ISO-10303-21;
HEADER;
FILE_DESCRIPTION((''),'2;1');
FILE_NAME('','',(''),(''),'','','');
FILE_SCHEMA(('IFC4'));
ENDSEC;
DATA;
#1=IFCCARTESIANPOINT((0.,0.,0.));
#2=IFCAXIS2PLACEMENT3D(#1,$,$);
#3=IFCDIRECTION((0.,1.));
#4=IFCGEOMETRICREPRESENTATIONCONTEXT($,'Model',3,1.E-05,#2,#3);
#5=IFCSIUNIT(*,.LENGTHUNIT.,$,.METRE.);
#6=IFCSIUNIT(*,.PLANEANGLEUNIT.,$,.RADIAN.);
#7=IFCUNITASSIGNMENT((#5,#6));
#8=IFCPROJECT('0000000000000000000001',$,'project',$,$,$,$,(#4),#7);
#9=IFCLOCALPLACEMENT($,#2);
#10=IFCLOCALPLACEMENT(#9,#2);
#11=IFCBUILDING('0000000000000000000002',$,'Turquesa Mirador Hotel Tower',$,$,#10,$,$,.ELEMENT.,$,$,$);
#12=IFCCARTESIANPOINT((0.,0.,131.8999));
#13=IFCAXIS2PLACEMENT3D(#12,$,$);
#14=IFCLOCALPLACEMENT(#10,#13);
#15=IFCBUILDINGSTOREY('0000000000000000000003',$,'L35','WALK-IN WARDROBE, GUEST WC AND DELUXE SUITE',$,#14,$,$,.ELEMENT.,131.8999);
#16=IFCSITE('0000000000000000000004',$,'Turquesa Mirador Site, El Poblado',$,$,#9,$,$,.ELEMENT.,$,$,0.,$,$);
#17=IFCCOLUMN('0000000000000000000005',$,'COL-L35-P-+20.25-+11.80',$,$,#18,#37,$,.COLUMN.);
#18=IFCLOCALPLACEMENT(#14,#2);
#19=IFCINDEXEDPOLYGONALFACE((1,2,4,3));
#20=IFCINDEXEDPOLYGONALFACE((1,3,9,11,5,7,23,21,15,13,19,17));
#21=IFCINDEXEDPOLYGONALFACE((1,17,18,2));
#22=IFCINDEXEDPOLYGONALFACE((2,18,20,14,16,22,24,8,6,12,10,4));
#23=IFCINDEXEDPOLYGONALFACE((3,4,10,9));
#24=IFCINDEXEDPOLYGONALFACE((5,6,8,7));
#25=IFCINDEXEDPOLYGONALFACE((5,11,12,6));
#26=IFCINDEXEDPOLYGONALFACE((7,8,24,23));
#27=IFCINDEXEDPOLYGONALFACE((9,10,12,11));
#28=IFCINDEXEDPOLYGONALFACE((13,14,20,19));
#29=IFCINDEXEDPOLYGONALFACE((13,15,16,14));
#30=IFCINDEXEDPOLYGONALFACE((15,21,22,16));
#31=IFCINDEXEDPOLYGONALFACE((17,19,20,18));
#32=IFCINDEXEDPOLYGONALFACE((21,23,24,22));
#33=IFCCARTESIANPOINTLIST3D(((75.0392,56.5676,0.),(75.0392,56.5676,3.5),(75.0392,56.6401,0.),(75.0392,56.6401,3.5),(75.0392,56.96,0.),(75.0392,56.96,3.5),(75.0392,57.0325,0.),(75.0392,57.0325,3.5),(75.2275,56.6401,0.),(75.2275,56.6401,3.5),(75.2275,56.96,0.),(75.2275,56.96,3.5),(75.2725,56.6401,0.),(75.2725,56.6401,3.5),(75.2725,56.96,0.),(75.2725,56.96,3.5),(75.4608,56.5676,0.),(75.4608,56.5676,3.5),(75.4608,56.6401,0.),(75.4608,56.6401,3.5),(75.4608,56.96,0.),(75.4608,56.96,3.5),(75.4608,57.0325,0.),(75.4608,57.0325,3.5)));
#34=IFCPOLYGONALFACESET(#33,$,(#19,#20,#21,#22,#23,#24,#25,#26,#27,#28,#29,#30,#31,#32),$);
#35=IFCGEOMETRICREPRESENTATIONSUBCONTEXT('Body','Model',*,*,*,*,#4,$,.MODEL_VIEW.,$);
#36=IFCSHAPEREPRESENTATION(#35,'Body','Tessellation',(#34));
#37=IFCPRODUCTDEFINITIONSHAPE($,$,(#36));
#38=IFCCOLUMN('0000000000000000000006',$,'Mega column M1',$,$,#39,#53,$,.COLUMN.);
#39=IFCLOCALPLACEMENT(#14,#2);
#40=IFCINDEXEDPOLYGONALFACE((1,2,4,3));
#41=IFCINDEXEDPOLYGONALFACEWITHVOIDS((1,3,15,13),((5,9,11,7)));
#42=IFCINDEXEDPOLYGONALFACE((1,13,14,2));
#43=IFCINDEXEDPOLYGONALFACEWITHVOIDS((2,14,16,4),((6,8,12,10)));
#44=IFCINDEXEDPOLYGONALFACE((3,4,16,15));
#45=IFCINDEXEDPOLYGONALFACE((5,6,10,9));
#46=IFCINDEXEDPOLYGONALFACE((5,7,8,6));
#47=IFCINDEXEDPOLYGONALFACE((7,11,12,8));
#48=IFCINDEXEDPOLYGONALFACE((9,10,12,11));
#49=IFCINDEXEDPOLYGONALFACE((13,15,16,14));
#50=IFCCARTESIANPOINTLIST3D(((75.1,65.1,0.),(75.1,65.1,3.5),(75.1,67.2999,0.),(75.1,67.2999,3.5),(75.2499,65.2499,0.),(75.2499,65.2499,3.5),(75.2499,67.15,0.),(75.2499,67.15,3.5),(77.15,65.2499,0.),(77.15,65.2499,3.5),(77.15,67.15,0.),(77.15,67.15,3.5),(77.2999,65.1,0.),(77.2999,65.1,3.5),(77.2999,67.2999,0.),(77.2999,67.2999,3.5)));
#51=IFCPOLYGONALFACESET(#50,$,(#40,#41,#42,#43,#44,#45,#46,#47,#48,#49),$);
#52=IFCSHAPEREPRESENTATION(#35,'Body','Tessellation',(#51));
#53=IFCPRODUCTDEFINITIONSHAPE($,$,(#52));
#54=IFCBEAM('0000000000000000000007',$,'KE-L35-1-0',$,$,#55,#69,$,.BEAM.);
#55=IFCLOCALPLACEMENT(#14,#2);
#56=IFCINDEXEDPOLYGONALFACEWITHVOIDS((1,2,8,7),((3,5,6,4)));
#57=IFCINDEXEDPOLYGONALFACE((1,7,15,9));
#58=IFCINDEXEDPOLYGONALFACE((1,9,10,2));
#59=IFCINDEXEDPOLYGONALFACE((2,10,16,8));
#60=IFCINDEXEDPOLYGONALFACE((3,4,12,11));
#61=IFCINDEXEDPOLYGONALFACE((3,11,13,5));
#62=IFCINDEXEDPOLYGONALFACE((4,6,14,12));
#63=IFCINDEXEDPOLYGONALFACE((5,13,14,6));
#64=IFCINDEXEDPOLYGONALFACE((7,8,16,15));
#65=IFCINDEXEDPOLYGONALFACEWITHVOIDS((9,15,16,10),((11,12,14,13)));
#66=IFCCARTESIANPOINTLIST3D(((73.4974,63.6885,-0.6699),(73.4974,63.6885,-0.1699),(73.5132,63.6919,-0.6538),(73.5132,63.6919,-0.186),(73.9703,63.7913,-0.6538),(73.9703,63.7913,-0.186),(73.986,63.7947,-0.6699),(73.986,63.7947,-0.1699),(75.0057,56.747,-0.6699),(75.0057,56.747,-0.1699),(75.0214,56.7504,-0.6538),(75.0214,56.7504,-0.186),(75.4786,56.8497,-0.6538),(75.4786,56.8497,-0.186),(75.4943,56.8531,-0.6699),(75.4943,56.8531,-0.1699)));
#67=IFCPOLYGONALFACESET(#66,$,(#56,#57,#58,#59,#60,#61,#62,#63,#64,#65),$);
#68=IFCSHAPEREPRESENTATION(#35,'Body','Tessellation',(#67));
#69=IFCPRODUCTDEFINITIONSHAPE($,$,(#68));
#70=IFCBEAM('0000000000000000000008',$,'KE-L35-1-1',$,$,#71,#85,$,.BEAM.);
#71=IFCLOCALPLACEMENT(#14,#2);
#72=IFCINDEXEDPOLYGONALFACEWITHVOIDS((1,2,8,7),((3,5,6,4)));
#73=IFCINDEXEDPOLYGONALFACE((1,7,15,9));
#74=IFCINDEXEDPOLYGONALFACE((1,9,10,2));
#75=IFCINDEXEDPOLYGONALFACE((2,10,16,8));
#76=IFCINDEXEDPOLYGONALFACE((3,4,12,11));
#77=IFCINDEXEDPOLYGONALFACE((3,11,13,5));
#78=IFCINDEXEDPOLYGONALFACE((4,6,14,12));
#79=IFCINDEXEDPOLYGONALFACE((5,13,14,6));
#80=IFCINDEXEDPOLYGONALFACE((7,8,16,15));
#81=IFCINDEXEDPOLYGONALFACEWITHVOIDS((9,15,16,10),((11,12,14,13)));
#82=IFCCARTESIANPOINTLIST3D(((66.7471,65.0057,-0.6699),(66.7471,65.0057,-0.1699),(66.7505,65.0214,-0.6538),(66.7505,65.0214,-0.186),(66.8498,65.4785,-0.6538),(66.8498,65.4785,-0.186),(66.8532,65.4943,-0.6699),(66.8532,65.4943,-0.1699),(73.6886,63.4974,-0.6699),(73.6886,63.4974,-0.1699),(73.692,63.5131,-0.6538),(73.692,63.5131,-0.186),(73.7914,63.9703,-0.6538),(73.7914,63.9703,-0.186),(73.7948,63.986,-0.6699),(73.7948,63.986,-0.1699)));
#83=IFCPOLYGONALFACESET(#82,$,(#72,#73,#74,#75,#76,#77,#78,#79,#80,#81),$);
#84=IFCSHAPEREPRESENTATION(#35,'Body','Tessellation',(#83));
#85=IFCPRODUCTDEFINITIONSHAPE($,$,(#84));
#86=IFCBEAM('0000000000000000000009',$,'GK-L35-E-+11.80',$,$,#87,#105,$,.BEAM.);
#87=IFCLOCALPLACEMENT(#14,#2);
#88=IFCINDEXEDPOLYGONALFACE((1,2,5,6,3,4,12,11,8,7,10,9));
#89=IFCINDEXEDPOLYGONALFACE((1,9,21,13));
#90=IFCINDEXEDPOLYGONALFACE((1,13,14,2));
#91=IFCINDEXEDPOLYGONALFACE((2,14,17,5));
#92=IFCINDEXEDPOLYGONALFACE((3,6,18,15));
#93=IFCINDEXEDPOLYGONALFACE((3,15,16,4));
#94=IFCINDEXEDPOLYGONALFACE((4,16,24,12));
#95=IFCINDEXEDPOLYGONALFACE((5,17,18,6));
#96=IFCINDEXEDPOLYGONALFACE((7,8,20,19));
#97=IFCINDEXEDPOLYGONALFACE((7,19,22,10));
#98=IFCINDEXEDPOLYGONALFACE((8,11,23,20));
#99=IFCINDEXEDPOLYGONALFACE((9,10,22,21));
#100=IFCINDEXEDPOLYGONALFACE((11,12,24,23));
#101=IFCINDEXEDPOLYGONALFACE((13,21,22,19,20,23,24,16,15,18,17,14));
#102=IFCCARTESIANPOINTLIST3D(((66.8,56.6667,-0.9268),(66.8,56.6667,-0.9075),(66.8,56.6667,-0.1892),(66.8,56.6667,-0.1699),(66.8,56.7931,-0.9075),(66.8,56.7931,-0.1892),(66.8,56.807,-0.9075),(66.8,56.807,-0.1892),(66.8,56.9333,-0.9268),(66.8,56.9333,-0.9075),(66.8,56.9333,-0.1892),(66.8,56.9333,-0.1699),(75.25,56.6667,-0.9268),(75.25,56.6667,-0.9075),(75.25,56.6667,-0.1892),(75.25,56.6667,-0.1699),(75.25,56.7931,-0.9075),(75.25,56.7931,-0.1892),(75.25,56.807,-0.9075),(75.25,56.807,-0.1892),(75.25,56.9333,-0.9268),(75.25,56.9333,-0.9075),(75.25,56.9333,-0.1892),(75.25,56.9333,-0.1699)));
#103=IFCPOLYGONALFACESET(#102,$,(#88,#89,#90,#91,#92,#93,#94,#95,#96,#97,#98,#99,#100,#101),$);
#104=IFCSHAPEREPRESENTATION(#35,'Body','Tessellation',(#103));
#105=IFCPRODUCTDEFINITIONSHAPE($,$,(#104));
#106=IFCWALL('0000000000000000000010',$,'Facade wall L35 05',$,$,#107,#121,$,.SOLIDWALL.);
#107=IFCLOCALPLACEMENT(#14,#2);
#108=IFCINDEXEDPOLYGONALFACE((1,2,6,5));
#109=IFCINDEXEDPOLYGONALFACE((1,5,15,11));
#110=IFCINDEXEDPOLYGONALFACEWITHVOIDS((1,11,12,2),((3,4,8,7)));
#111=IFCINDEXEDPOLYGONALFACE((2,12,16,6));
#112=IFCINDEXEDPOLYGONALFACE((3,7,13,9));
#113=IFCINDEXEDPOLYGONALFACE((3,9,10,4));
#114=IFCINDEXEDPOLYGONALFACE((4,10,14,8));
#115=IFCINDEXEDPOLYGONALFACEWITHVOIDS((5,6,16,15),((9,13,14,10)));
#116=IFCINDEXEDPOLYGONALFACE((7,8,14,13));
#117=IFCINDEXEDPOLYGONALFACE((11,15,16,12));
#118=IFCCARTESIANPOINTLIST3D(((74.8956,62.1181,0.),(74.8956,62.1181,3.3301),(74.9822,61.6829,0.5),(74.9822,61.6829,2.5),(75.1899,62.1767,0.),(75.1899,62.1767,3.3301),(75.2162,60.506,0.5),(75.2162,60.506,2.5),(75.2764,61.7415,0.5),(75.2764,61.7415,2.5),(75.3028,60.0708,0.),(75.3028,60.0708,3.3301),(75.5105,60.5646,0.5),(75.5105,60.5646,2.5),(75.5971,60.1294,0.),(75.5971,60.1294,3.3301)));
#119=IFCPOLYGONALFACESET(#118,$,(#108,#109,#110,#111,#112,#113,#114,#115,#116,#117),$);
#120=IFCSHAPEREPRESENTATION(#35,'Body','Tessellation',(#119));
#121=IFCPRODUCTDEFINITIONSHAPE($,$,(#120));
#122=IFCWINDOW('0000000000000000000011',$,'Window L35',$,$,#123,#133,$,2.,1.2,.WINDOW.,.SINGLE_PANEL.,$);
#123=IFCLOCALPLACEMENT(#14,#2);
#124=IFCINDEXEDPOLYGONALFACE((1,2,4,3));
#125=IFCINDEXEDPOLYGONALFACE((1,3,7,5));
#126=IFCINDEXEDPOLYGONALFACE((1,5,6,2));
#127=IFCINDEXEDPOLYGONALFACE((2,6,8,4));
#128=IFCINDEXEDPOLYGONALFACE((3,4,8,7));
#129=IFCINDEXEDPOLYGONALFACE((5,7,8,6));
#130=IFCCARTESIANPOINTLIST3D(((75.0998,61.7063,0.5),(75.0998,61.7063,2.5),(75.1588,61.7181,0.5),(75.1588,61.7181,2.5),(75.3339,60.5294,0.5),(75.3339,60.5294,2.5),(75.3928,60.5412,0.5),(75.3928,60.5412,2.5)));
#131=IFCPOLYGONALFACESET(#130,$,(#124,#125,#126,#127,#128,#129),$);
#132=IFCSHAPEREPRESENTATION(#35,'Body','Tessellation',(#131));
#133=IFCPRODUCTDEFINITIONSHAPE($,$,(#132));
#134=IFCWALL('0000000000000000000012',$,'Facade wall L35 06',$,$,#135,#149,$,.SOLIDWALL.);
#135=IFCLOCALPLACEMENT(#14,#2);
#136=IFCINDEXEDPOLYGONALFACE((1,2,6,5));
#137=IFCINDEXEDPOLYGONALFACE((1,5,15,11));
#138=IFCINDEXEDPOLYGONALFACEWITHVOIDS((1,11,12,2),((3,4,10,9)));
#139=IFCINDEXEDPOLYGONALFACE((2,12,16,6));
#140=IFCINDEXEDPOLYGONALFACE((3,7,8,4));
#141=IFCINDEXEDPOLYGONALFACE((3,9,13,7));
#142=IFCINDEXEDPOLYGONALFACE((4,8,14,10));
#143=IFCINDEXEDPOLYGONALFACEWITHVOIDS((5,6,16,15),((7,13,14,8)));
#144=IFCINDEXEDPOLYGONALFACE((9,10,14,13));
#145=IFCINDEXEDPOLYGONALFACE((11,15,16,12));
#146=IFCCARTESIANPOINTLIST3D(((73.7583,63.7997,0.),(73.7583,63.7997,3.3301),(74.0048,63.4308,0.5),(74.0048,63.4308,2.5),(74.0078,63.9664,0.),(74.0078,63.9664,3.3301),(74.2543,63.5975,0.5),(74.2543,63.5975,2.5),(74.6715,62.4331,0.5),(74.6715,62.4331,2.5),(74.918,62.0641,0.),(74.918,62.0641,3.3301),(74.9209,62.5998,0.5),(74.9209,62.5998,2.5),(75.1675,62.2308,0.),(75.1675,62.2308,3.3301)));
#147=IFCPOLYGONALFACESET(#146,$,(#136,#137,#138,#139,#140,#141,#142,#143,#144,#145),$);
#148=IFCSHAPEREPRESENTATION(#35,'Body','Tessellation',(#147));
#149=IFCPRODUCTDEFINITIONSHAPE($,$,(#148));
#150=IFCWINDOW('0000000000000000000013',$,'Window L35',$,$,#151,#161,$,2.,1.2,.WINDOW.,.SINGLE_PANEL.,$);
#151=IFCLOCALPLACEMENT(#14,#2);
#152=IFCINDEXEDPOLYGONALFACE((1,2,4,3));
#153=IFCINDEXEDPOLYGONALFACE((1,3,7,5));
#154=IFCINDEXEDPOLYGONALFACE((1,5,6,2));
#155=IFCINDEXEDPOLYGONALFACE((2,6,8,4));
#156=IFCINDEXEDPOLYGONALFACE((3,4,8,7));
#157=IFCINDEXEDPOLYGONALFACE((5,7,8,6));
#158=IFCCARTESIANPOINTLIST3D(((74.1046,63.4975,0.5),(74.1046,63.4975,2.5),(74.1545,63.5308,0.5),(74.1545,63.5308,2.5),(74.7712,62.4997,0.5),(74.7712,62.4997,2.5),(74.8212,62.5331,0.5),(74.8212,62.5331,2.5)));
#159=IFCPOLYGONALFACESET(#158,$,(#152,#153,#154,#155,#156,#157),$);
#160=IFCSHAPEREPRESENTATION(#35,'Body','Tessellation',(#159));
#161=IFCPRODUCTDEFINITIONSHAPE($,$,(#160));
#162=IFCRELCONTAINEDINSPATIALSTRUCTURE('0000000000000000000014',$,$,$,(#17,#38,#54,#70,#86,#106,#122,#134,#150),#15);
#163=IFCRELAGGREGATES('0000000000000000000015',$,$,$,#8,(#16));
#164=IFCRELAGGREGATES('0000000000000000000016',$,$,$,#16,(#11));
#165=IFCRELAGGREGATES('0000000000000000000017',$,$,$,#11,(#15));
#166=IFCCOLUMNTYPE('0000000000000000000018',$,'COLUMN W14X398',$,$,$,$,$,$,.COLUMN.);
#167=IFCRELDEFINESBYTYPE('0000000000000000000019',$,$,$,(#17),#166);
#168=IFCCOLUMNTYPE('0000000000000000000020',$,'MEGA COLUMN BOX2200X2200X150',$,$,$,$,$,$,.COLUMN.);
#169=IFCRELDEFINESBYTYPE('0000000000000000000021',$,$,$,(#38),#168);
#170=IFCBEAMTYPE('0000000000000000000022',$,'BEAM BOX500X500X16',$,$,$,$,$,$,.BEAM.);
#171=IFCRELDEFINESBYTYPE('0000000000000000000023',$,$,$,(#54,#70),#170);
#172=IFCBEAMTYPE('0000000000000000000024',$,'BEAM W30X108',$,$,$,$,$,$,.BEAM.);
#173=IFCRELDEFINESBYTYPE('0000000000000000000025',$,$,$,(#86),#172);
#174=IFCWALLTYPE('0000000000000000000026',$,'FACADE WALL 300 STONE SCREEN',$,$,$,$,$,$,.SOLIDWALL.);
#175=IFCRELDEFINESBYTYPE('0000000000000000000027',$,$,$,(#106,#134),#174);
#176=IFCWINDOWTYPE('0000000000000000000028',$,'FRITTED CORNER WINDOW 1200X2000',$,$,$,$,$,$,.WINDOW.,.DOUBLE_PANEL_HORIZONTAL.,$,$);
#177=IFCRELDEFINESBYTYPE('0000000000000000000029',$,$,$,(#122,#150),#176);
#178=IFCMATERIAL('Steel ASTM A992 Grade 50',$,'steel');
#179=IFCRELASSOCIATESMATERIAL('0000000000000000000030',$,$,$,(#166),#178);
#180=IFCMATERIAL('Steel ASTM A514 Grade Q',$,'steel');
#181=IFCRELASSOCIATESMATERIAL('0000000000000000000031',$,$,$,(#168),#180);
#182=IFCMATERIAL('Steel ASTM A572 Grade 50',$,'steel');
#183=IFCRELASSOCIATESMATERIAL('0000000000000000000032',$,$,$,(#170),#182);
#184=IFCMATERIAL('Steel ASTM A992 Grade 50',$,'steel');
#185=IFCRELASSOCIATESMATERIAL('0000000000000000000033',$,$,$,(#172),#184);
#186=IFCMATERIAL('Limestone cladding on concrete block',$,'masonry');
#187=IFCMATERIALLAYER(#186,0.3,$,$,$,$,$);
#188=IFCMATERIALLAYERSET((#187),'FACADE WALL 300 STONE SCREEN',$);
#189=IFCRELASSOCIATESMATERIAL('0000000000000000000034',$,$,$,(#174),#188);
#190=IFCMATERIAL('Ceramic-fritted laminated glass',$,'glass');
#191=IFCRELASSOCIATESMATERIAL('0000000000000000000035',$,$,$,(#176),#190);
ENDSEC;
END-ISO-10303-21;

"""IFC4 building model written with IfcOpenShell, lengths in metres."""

from ifc_helpers import new_model, si_unit, direction, frame, frame_2d, origin, origin_2d, place, context, subcontext, project, spatial, rectangle, hollow_rectangle, i_section, extrude, material, layer, layer_set, material_profile, profile_set, type_object, element, fill, save


model = new_model("IFC4")

# Units and contexts
model_context = context("Model", 3, precision=1e-05, world=origin(), true_north=direction((0.0, 1.0)))
body_context = subcontext(model_context, "Body", "Model", "MODEL_VIEW")
ifc_project = project(units=[si_unit("LENGTHUNIT", "METRE"), si_unit("PLANEANGLEUNIT", "RADIAN")], contexts=[model_context])

# Site, building, storey
site_placement = place(None, origin())
site = spatial("IfcSite", under=ifc_project, at=site_placement, Name="Turquesa Mirador Site, El Poblado", CompositionType="ELEMENT", RefElevation=0.0)
building_placement = place(site_placement, origin())
building = spatial("IfcBuilding", under=site, at=building_placement, Name="Turquesa Mirador Hotel Tower", CompositionType="ELEMENT")
storey_placement = place(building_placement, frame((0.0, 0.0, 131.8999)))
storey = spatial("IfcBuildingStorey", under=building, at=storey_placement, Name="L35", Description="WALK-IN WARDROBE, GUEST WC AND DELUXE SUITE", CompositionType="ELEMENT", Elevation=131.8999)

# Columns
ifc_material_1 = material(Name="Steel ASTM A992 Grade 50", Category="steel")
ifc_material_profile_1 = material_profile(ifc_material_1, i_section(OverallWidth=0.4216, OverallDepth=0.4648, WebThickness=0.0449, FlangeThickness=0.0725, at=origin_2d()), Name="W14X398")
ifc_profile_set_1 = profile_set([ifc_material_profile_1], Name="Steel ASTM A992 Grade 50")
column_type_1 = type_object("IfcColumnType", Name="COLUMN W14X398", PredefinedType="COLUMN", material=ifc_profile_set_1)
column_1_placement = place(storey_placement, frame((75.25, 56.8, 0.0), z_axis=(0.0, 0.0, 1.0), x_axis=(1.0, 0.0, 0.0)))
element("IfcColumn", 1, at=column_1_placement, inside=storey, type_object=column_type_1, Name="COL-L35-P-+20.25-+11.80", PredefinedType="COLUMN", context=body_context, shape_type="SweptSolid", body=[
    extrude(i_section(OverallWidth=0.4216, OverallDepth=0.4648, WebThickness=0.0449, FlangeThickness=0.0725, at=origin_2d()), origin(), (0.0, 0.0, 1.0), 3.5),
])
ifc_material_2 = material(Name="Steel ASTM A514 Grade Q", Category="steel")
ifc_material_profile_2 = material_profile(ifc_material_2, hollow_rectangle(XDim=2.2, YDim=2.2, WallThickness=0.1499, at=origin_2d()), Name="BOX2200X2200X150")
ifc_profile_set_2 = profile_set([ifc_material_profile_2], Name="Steel ASTM A514 Grade Q")
column_type_2 = type_object("IfcColumnType", Name="MEGA COLUMN BOX2200X2200X150", PredefinedType="COLUMN", material=ifc_profile_set_2)
column_2_placement = place(storey_placement, frame((76.2, 66.2, 0.0), z_axis=(0.0, 0.0, 1.0), x_axis=(1.0, 0.0, 0.0)))
element("IfcColumn", 2, at=column_2_placement, inside=storey, type_object=column_type_2, Name="Mega column M1", PredefinedType="COLUMN", context=body_context, shape_type="SweptSolid", body=[
    extrude(hollow_rectangle(XDim=2.2, YDim=2.2, WallThickness=0.1499, at=origin_2d()), origin(), (0.0, 0.0, 1.0), 3.5),
])

# Beams
ifc_material_3 = material(Name="Steel ASTM A572 Grade 50", Category="steel")
ifc_material_profile_3 = material_profile(ifc_material_3, hollow_rectangle(XDim=0.5, YDim=0.5, WallThickness=0.0161, at=origin_2d()), Name="BOX500X500X16")
ifc_profile_set_3 = profile_set([ifc_material_profile_3], Name="Steel ASTM A572 Grade 50")
beam_type_1 = type_object("IfcBeamType", Name="BEAM BOX500X500X16", PredefinedType="BEAM", material=ifc_profile_set_3)
for number, where, z_axis, x_axis, name in (
    (3, (75.25, 56.8, -0.4199), (-0.212328, 0.977198, 0.0), (-0.977198, -0.212328, 0.0), "KE-L35-1-0"),
    (4, (73.7417, 63.7417, -0.4199), (-0.977198, 0.212328, 0.0), (-0.212328, -0.977198, 0.0), "KE-L35-1-1"),
):
    element("IfcBeam", number, at=place(storey_placement, frame(where, z_axis=z_axis, x_axis=x_axis)), inside=storey, type_object=beam_type_1, Name=name, PredefinedType="BEAM", context=body_context, shape_type="SweptSolid", body=[
        extrude(hollow_rectangle(XDim=0.5, YDim=0.5, WallThickness=0.0161, at=origin_2d()), origin(), (0.0, 0.0, 1.0), 7.1035),
    ])
ifc_material_4 = material(Name="Steel ASTM A992 Grade 50", Category="steel")
ifc_material_profile_4 = material_profile(ifc_material_4, i_section(OverallWidth=0.2666, OverallDepth=0.7568, WebThickness=0.0139, FlangeThickness=0.0193, at=origin_2d()), Name="W30X108")
ifc_profile_set_4 = profile_set([ifc_material_profile_4], Name="Steel ASTM A992 Grade 50")
beam_type_2 = type_object("IfcBeamType", Name="BEAM W30X108", PredefinedType="BEAM", material=ifc_profile_set_4)
beam_placement = place(storey_placement, frame((75.25, 56.8, -0.5483), z_axis=(-1.0, 0.0, 0.0), x_axis=(0.0, -1.0, 0.0)))
element("IfcBeam", 5, at=beam_placement, inside=storey, type_object=beam_type_2, Name="GK-L35-E-+11.80", PredefinedType="BEAM", context=body_context, shape_type="SweptSolid", body=[
    extrude(i_section(OverallWidth=0.2666, OverallDepth=0.7568, WebThickness=0.0139, FlangeThickness=0.0193, at=origin_2d()), origin(), (0.0, 0.0, 1.0), 8.45),
])

# Walls, openings, windows
ifc_material_5 = material(Name="Limestone cladding on concrete block", Category="masonry")
ifc_layer = layer(ifc_material_5, 0.3)
ifc_layer_set = layer_set([ifc_layer], Name="FACADE WALL 300 STONE SCREEN")
wall_type = type_object("IfcWallType", Name="FACADE WALL 300 STONE SCREEN", PredefinedType="SOLIDWALL", material=ifc_layer_set)
wall_1_placement = place(storey_placement, frame((75.45, 60.1001, 0.0), z_axis=(0.0, 0.0, 1.0), x_axis=(-0.195081, 0.980787, 0.0)))
wall_1 = element("IfcWall", 6, at=wall_1_placement, inside=storey, type_object=wall_type, Name="Facade wall L35 05", PredefinedType="SOLIDWALL", context=body_context, shape_type="SweptSolid", body=[
    extrude(rectangle(XDim=2.0874, YDim=0.3, at=frame_2d((1.0437, 0.0))), origin(), (0.0, 0.0, 1.0), 3.3301),
])
opening_1_placement = place(wall_1_placement, frame((0.4436, 0.0, 0.5)))
opening_1 = element("IfcOpeningElement", 7, at=opening_1_placement, cuts=wall_1, PredefinedType="OPENING", context=body_context, shape_type="SweptSolid", body=[
    extrude(rectangle(XDim=1.2, YDim=2.0, at=frame_2d((0.6001, 1.0))), frame((0.0, 0.1599, 0.0), z_axis=(0.0, -1.0, 0.0), x_axis=(1.0, 0.0, 0.0)), (0.0, 0.0, 1.0), 0.3201),
])
ifc_material_6 = material(Name="Ceramic-fritted laminated glass", Category="glass")
window_type = type_object("IfcWindowType", Name="FRITTED CORNER WINDOW 1200X2000", PartitioningType="DOUBLE_PANEL_HORIZONTAL", PredefinedType="WINDOW", material=ifc_material_6)
window_1_placement = place(opening_1_placement, origin())
window_1 = element("IfcWindow", 8, at=window_1_placement, inside=storey, type_object=window_type, Name="Window L35", OverallHeight=2.0, OverallWidth=1.2, PartitioningType="SINGLE_PANEL", PredefinedType="WINDOW", context=body_context, shape_type="SweptSolid", body=[
    extrude(rectangle(XDim=1.2, YDim=2.0, at=frame_2d((0.6001, 1.0))), frame((0.0, 0.03, 0.0), z_axis=(0.0, -1.0, 0.0), x_axis=(1.0, 0.0, 0.0)), (0.0, 0.0, 1.0), 0.0601),
])
fill(opening_1, window_1)
wall_2_placement = place(storey_placement, frame((75.0427, 62.1475, 0.0), z_axis=(0.0, 0.0, 1.0), x_axis=(-0.555564, 0.831474, 0.0)))
wall_2 = element("IfcWall", 9, at=wall_2_placement, inside=storey, type_object=wall_type, Name="Facade wall L35 06", PredefinedType="SOLIDWALL", context=body_context, shape_type="SweptSolid", body=[
    extrude(rectangle(XDim=2.0874, YDim=0.3, at=frame_2d((1.0437, 0.0))), origin(), (0.0, 0.0, 1.0), 3.3301),
])
opening_2_placement = place(wall_2_placement, frame((0.4436, 0.0, 0.5)))
opening_2 = element("IfcOpeningElement", 10, at=opening_2_placement, cuts=wall_2, PredefinedType="OPENING", context=body_context, shape_type="SweptSolid", body=[
    extrude(rectangle(XDim=1.2, YDim=2.0, at=frame_2d((0.6001, 1.0))), frame((0.0, 0.1599, 0.0), z_axis=(0.0, -1.0, 0.0), x_axis=(1.0, 0.0, 0.0)), (0.0, 0.0, 1.0), 0.3201),
])
window_2_placement = place(opening_2_placement, origin())
window_2 = element("IfcWindow", 11, at=window_2_placement, inside=storey, type_object=window_type, Name="Window L35", OverallHeight=2.0, OverallWidth=1.2, PartitioningType="SINGLE_PANEL", PredefinedType="WINDOW", context=body_context, shape_type="SweptSolid", body=[
    extrude(rectangle(XDim=1.2, YDim=2.0, at=frame_2d((0.6001, 1.0))), frame((0.0, 0.03, 0.0), z_axis=(0.0, -1.0, 0.0), x_axis=(1.0, 0.0, 0.0)), (0.0, 0.0, 1.0), 0.0601),
])
fill(opening_2, window_2)

save(model, "model.ifc")
